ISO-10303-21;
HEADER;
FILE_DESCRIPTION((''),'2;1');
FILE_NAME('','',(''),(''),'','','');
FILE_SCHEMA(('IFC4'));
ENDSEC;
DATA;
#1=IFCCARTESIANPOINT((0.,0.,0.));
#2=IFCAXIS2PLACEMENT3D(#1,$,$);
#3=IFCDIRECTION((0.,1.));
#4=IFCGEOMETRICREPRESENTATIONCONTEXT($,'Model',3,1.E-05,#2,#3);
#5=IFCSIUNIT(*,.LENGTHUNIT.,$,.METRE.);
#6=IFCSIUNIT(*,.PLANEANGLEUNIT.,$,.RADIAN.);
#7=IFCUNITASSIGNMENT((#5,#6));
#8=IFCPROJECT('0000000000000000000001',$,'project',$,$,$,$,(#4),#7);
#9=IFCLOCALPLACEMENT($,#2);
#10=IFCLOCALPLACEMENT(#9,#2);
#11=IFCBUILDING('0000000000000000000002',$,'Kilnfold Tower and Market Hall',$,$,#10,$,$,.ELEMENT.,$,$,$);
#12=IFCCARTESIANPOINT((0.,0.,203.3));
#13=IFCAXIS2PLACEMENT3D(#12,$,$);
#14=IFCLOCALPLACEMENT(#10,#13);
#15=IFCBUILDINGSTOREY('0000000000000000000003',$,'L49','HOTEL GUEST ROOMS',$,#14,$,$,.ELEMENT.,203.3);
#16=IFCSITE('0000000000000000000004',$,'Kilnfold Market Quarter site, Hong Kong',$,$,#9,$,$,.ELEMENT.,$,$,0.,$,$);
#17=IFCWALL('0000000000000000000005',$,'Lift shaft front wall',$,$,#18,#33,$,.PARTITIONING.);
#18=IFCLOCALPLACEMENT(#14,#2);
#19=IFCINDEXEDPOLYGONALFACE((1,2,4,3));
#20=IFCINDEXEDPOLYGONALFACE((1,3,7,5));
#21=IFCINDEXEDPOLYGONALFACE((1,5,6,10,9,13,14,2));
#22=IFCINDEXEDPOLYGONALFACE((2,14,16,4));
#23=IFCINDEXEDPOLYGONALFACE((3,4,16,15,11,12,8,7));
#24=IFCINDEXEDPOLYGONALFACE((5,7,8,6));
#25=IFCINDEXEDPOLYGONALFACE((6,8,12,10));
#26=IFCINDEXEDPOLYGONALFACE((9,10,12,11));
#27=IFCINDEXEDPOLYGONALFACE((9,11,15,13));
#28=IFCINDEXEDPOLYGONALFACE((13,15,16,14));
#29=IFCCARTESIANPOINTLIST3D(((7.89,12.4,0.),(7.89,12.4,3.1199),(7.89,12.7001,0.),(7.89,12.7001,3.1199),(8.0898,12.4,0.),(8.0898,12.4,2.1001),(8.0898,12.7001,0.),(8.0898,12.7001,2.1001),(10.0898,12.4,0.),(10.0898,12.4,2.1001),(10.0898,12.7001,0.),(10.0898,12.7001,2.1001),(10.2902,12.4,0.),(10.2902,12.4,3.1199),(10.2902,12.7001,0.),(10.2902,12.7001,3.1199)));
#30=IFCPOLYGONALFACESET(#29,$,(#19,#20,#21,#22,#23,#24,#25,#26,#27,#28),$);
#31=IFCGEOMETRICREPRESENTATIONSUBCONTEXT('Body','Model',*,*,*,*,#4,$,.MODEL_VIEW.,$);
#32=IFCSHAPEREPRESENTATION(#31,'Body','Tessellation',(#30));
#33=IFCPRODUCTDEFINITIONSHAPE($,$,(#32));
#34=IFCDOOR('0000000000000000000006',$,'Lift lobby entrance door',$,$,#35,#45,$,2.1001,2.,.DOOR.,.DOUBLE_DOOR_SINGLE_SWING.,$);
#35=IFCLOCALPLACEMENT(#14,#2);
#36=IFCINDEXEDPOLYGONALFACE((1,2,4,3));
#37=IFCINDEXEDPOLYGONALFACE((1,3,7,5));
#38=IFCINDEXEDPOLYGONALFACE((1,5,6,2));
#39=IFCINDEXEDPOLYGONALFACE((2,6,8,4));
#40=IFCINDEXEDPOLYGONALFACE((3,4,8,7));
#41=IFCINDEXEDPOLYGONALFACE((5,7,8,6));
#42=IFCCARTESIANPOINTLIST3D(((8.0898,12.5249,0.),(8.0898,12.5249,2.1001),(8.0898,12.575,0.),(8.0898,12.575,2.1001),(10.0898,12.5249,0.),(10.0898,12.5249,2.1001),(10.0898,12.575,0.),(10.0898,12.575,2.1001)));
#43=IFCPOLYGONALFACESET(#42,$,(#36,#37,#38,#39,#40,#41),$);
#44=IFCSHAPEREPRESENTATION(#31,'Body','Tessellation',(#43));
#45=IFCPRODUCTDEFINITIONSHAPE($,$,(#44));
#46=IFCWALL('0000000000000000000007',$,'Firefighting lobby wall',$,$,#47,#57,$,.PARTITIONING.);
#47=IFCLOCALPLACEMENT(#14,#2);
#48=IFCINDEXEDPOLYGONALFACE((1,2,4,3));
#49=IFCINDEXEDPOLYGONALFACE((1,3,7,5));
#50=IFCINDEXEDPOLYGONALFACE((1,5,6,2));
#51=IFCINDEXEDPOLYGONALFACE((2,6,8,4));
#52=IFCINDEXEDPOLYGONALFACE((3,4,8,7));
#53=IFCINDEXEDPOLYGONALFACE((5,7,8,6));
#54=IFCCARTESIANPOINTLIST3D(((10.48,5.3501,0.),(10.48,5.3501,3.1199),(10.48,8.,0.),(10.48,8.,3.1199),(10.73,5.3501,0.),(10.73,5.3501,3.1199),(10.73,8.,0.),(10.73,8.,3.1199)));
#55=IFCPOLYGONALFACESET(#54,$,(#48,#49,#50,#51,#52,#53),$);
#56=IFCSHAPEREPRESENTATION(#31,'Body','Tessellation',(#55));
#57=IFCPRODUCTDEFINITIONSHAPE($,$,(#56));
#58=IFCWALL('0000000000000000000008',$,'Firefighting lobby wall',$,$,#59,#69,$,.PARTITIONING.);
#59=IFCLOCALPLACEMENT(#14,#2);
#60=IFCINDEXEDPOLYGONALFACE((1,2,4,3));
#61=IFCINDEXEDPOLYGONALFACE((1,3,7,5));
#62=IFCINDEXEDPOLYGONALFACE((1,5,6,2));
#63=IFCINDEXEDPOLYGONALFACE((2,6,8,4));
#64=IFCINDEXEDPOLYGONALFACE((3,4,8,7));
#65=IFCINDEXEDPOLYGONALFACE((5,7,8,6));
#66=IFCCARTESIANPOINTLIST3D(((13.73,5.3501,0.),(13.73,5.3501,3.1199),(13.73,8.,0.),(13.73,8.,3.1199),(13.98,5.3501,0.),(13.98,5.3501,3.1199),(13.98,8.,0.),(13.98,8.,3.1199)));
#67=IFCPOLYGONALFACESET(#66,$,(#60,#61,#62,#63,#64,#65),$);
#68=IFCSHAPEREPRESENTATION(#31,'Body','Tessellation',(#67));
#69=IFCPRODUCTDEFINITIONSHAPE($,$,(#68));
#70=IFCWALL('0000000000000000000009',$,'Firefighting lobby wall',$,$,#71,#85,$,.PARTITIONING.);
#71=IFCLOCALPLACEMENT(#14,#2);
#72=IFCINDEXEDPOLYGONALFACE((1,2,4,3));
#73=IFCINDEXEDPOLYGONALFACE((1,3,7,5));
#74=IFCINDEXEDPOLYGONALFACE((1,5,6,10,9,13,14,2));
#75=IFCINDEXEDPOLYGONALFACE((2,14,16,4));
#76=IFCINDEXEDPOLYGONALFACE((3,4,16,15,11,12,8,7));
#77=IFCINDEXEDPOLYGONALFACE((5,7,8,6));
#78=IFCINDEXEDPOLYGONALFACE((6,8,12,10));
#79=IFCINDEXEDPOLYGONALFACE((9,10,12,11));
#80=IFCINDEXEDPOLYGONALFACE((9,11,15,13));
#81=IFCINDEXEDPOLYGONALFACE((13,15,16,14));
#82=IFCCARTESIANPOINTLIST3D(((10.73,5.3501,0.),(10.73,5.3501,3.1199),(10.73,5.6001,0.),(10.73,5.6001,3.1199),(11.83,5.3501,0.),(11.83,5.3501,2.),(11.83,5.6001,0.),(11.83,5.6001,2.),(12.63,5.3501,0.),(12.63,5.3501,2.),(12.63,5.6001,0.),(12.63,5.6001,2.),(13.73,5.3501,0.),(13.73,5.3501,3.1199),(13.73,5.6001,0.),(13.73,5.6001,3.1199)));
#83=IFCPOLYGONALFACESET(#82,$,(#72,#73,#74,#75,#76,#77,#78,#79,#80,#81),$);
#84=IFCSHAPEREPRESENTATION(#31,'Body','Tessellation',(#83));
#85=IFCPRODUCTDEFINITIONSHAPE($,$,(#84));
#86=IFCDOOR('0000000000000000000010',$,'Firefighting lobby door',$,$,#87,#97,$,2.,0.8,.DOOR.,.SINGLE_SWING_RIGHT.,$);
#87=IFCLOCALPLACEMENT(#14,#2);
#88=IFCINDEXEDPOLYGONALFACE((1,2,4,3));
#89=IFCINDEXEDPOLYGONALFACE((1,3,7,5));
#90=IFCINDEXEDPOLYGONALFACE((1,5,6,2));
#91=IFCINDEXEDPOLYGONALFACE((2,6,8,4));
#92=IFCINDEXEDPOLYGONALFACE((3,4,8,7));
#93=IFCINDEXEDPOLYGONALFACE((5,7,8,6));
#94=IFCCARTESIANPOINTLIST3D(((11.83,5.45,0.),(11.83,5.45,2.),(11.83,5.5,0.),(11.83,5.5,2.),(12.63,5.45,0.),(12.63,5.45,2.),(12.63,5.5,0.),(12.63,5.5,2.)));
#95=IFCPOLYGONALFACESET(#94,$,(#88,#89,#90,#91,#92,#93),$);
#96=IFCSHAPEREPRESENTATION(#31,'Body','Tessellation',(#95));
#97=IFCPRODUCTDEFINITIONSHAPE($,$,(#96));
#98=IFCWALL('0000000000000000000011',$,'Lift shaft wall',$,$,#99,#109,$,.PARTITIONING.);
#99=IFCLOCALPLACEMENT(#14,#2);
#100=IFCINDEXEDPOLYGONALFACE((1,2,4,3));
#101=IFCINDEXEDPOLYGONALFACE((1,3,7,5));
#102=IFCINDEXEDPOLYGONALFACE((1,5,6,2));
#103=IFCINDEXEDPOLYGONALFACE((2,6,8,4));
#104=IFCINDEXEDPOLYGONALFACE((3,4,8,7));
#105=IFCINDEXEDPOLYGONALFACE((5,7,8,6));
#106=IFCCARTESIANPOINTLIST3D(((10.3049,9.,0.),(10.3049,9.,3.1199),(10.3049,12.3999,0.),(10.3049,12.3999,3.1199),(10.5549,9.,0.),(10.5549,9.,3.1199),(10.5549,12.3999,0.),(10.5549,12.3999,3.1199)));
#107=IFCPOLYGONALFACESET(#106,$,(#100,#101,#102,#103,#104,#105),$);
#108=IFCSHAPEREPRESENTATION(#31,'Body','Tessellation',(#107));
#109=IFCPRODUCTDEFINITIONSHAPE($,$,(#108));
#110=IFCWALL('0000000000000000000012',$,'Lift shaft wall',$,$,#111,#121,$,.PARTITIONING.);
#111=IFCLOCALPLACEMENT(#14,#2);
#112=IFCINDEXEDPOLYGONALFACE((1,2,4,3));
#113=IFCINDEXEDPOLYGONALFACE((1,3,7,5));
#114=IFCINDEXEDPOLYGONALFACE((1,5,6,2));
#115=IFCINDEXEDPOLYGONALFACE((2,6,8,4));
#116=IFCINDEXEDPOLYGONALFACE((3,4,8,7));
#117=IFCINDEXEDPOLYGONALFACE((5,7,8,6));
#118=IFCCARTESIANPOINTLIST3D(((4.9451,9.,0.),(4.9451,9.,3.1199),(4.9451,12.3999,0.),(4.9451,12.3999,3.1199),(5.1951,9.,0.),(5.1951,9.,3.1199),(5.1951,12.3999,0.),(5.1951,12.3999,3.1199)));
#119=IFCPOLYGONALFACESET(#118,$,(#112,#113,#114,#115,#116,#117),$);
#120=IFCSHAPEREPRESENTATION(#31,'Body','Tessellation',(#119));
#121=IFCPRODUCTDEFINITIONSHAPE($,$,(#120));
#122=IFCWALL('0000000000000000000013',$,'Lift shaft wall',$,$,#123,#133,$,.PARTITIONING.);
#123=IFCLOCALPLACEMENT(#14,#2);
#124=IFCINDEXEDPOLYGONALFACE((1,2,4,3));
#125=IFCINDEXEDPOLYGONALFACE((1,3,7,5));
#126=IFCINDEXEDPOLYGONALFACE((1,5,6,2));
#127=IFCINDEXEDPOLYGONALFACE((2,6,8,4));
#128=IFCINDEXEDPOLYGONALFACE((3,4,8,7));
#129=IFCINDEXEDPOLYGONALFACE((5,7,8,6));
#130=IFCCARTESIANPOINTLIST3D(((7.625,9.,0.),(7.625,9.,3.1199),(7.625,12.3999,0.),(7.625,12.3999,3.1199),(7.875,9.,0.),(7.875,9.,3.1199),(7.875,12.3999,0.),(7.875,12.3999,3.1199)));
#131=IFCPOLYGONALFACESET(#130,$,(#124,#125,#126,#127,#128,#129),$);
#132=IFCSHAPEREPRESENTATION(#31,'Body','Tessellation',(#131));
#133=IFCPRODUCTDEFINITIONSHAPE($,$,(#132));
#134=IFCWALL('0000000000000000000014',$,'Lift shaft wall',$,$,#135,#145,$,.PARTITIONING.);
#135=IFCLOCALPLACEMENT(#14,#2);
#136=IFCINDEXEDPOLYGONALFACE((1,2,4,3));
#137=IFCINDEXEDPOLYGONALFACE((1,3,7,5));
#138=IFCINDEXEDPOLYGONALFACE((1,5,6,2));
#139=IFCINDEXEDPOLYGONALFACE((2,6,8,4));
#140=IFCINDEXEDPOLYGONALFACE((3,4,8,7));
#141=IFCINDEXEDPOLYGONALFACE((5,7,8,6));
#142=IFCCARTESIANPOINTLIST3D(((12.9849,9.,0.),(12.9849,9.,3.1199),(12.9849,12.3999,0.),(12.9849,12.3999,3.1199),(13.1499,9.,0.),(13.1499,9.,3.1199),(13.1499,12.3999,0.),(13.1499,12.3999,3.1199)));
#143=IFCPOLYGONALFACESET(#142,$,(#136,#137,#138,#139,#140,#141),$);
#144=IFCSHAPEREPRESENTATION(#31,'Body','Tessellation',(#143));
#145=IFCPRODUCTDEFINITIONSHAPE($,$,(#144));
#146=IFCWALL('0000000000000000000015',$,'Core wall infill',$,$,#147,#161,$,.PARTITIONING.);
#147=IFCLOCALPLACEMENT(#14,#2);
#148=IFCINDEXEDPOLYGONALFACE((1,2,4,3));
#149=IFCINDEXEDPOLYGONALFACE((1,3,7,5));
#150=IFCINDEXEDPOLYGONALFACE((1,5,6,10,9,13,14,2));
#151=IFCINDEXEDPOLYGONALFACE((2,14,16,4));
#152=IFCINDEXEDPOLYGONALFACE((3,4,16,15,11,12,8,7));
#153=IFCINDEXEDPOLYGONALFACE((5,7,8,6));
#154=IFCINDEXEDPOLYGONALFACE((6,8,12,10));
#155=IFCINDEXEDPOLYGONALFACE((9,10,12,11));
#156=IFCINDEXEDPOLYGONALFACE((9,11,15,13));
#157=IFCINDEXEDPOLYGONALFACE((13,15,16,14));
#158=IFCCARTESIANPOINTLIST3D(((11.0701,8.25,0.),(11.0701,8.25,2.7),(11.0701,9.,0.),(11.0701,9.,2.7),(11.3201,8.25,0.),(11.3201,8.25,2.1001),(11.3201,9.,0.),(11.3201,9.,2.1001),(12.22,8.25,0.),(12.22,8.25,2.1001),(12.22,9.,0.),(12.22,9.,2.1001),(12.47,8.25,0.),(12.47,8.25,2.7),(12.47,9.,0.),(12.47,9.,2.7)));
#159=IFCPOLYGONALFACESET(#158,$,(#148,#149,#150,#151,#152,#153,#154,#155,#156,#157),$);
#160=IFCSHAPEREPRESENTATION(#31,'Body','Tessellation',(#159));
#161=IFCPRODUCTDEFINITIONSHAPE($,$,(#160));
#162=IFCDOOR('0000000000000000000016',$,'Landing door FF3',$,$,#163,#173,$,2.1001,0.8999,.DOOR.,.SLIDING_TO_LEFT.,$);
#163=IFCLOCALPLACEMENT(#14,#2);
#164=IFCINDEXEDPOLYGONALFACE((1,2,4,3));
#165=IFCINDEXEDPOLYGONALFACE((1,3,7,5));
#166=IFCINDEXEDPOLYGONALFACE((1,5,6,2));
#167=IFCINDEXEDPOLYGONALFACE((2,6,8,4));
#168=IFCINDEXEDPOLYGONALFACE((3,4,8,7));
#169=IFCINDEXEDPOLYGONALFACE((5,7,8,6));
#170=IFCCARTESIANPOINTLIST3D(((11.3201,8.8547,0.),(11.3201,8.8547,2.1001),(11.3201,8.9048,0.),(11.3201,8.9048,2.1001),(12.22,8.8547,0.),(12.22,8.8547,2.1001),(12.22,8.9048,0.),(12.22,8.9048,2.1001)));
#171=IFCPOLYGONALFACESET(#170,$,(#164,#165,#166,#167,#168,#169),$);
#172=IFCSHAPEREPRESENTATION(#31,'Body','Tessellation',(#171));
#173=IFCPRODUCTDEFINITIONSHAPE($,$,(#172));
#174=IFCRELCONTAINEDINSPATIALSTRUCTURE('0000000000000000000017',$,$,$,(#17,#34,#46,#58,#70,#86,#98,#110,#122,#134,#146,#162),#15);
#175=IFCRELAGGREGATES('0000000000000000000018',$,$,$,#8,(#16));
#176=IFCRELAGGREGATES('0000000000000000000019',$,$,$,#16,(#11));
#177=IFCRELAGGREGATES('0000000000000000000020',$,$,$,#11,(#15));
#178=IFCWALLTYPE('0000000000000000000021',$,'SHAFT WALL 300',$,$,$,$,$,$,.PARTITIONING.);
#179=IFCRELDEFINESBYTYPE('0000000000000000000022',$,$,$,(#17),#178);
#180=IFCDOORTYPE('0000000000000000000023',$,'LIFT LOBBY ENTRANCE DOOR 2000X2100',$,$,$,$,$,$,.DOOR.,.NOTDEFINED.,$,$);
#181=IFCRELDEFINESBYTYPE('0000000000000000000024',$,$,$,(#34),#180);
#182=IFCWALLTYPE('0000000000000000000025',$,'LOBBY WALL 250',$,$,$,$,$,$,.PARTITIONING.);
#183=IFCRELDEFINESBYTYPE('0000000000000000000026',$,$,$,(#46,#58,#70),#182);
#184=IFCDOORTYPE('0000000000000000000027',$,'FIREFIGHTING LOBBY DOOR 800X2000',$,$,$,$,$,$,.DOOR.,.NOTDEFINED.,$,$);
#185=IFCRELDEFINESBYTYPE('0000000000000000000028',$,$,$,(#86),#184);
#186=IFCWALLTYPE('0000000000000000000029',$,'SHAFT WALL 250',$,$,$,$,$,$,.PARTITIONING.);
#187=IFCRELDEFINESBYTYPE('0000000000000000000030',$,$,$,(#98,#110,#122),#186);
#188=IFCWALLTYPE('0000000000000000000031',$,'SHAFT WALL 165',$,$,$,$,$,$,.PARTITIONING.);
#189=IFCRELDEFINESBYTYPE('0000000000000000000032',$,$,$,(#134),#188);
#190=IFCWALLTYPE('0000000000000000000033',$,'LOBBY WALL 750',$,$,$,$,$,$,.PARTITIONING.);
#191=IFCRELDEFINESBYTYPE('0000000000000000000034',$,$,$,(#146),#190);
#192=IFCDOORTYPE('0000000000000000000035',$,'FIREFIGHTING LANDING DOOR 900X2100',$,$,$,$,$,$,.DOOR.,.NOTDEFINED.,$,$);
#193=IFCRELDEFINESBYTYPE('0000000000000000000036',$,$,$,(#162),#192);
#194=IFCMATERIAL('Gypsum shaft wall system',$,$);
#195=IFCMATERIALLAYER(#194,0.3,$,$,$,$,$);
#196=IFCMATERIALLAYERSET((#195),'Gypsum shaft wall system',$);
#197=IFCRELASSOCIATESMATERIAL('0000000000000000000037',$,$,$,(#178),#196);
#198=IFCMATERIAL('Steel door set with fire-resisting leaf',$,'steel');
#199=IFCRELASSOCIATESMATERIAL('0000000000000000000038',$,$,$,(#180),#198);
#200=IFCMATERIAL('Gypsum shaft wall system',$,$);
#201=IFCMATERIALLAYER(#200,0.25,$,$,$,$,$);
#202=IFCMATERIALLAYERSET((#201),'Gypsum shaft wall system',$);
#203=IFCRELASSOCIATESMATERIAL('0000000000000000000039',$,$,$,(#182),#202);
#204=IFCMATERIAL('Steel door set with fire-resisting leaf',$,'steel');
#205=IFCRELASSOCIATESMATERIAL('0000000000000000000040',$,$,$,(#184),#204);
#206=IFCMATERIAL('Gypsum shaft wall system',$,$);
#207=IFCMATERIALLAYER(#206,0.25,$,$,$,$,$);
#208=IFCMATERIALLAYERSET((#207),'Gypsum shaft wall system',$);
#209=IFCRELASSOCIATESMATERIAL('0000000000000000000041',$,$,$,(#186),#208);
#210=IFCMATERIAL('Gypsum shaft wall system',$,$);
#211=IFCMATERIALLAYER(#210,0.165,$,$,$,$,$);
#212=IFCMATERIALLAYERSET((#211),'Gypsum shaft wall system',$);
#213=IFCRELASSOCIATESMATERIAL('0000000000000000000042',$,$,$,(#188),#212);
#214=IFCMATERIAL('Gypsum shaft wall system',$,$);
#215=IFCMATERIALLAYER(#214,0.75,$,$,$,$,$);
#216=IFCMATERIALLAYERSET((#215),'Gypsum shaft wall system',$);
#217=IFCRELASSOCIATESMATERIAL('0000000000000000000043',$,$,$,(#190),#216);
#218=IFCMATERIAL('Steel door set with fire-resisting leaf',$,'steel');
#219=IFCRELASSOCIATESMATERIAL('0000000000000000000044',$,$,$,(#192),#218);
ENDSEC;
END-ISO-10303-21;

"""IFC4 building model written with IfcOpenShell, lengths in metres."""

from ifc_helpers import new_model, si_unit, direction, frame, frame_2d, origin, place, context, subcontext, project, spatial, rectangle, extrude, source, transform, mapped, material, layer, layer_set, type_object, element, fill, save


model = new_model("IFC4")

# Units and contexts
model_context = context("Model", 3, precision=1e-05, world=origin(), true_north=direction((0.0, 1.0)))
body_context = subcontext(model_context, "Body", "Model", "MODEL_VIEW")
ifc_project = project(units=[si_unit("LENGTHUNIT", "METRE"), si_unit("PLANEANGLEUNIT", "RADIAN")], contexts=[model_context])

# Site, building, storey
site_placement = place(None, origin())
site = spatial("IfcSite", under=ifc_project, at=site_placement, Name="Kilnfold Market Quarter site, Hong Kong", CompositionType="ELEMENT", RefElevation=0.0)
building_placement = place(site_placement, origin())
building = spatial("IfcBuilding", under=site, at=building_placement, Name="Kilnfold Tower and Market Hall", CompositionType="ELEMENT")
storey_placement = place(building_placement, frame((0.0, 0.0, 203.3)))
storey = spatial("IfcBuildingStorey", under=building, at=storey_placement, Name="L49", Description="HOTEL GUEST ROOMS", CompositionType="ELEMENT", Elevation=203.3)

# Wall, opening, door
ifc_material_1 = material(Name="Gypsum shaft wall system")
ifc_layer_1 = layer(ifc_material_1, 0.3)
ifc_layer_set_1 = layer_set([ifc_layer_1], Name="Gypsum shaft wall system")
wall_type_1 = type_object("IfcWallType", Name="SHAFT WALL 300", PredefinedType="PARTITIONING", material=ifc_layer_set_1)
shared_shape_1 = source(origin(), body_context, "Body", "SweptSolid", [
    extrude(rectangle(XDim=2.4001, YDim=0.3, at=frame_2d((1.2002, 0.0))), origin(), (0.0, 0.0, 1.0), 3.1199),
])
wall_1_placement = place(storey_placement, frame((7.8899, 12.55, 0.0), z_axis=(0.0, 0.0, 1.0), x_axis=(1.0, 0.0, 0.0)))
wall_1 = element("IfcWall", 1, at=wall_1_placement, inside=storey, type_object=wall_type_1, Name="Lift shaft front wall", PredefinedType="PARTITIONING", context=body_context, shape_type="MappedRepresentation", body=[
    mapped(shared_shape_1, transform((0.0, 0.0, 0.0))),
])
opening_1_placement = place(wall_1_placement, frame((0.2, 0.0, 0.0)))
opening_1 = element("IfcOpeningElement", 2, at=opening_1_placement, cuts=wall_1, PredefinedType="OPENING", context=body_context, shape_type="SweptSolid", body=[
    extrude(rectangle(XDim=2.0, YDim=2.1001, at=frame_2d((1.0, 1.05))), frame((0.0, 0.1602, 0.0), z_axis=(0.0, -1.0, 0.0), x_axis=(1.0, 0.0, 0.0)), (0.0, 0.0, 1.0), 0.3201),
])
ifc_material_2 = material(Name="Steel door set with fire-resisting leaf", Category="steel")
door_type_1 = type_object("IfcDoorType", Name="LIFT LOBBY ENTRANCE DOOR 2000X2100", OperationType="NOTDEFINED", PredefinedType="DOOR", material=ifc_material_2)
door_1_placement = place(opening_1_placement, origin())
door_1 = element("IfcDoor", 3, at=door_1_placement, inside=storey, type_object=door_type_1, Name="Lift lobby entrance door", OperationType="DOUBLE_DOOR_SINGLE_SWING", OverallHeight=2.1001, OverallWidth=2.0, PredefinedType="DOOR", context=body_context, shape_type="SweptSolid", body=[
    extrude(rectangle(XDim=2.0, YDim=2.1001, at=frame_2d((1.0, 1.05))), frame((0.0, 0.0249, 0.0), z_axis=(0.0, -1.0, 0.0), x_axis=(1.0, 0.0, 0.0)), (0.0, 0.0, 1.0), 0.05),
])
fill(opening_1, door_1)

# Walls
ifc_material_3 = material(Name="Gypsum shaft wall system")
ifc_layer_2 = layer(ifc_material_3, 0.25)
ifc_layer_set_2 = layer_set([ifc_layer_2], Name="Gypsum shaft wall system")
wall_type_2 = type_object("IfcWallType", Name="LOBBY WALL 250", PredefinedType="PARTITIONING", material=ifc_layer_set_2)
shared_shape_2 = source(origin(), body_context, "Body", "SweptSolid", [
    extrude(rectangle(XDim=2.6499, YDim=0.25, at=frame_2d((1.325, 0.0))), origin(), (0.0, 0.0, 1.0), 3.1199),
])
for number, where, z_axis, x_axis, name in (
    (4, (10.605, 5.3501, 0.0), (0.0, 0.0, 1.0), (0.0, 1.0, 0.0), "Firefighting lobby wall"),
    (5, (13.855, 5.3501, 0.0), (0.0, 0.0, 1.0), (0.0, 1.0, 0.0), "Firefighting lobby wall"),
):
    element("IfcWall", number, at=place(storey_placement, frame(where, z_axis=z_axis, x_axis=x_axis)), inside=storey, type_object=wall_type_2, Name=name, PredefinedType="PARTITIONING", context=body_context, shape_type="MappedRepresentation", body=[
        mapped(shared_shape_2, transform((0.0, 0.0, 0.0))),
    ])

# Wall, opening, door
shared_shape_3 = source(origin(), body_context, "Body", "SweptSolid", [
    extrude(rectangle(XDim=3.0, YDim=0.25, at=frame_2d((1.5, 0.0))), origin(), (0.0, 0.0, 1.0), 3.1199),
])
wall_2_placement = place(storey_placement, frame((10.73, 5.4751, 0.0), z_axis=(0.0, 0.0, 1.0), x_axis=(1.0, 0.0, 0.0)))
wall_2 = element("IfcWall", 6, at=wall_2_placement, inside=storey, type_object=wall_type_2, Name="Firefighting lobby wall", PredefinedType="PARTITIONING", context=body_context, shape_type="MappedRepresentation", body=[
    mapped(shared_shape_3, transform((0.0, 0.0, 0.0))),
])
opening_2_placement = place(wall_2_placement, frame((1.1001, 0.0, 0.0)))
opening_2 = element("IfcOpeningElement", 7, at=opening_2_placement, cuts=wall_2, PredefinedType="OPENING", context=body_context, shape_type="SweptSolid", body=[
    extrude(rectangle(XDim=0.8, YDim=2.0, at=frame_2d((0.3999, 1.0))), frame((0.0, 0.135, 0.0), z_axis=(0.0, -1.0, 0.0), x_axis=(1.0, 0.0, 0.0)), (0.0, 0.0, 1.0), 0.27),
])
ifc_material_4 = material(Name="Steel door set with fire-resisting leaf", Category="steel")
door_type_2 = type_object("IfcDoorType", Name="FIREFIGHTING LOBBY DOOR 800X2000", OperationType="NOTDEFINED", PredefinedType="DOOR", material=ifc_material_4)
door_2_placement = place(opening_2_placement, origin())
door_2 = element("IfcDoor", 8, at=door_2_placement, inside=storey, type_object=door_type_2, Name="Firefighting lobby door", OperationType="SINGLE_SWING_RIGHT", OverallHeight=2.0, OverallWidth=0.8, PredefinedType="DOOR", context=body_context, shape_type="SweptSolid", body=[
    extrude(rectangle(XDim=0.8, YDim=2.0, at=frame_2d((0.3999, 1.0))), frame((0.0, 0.0249, 0.0), z_axis=(0.0, -1.0, 0.0), x_axis=(1.0, 0.0, 0.0)), (0.0, 0.0, 1.0), 0.05),
])
fill(opening_2, door_2)

# Walls
ifc_material_5 = material(Name="Gypsum shaft wall system")
ifc_layer_3 = layer(ifc_material_5, 0.25)
ifc_layer_set_3 = layer_set([ifc_layer_3], Name="Gypsum shaft wall system")
wall_type_3 = type_object("IfcWallType", Name="SHAFT WALL 250", PredefinedType="PARTITIONING", material=ifc_layer_set_3)
shared_shape_4 = source(origin(), body_context, "Body", "SweptSolid", [
    extrude(rectangle(XDim=3.3999, YDim=0.25, at=frame_2d((1.7, 0.0))), origin(), (0.0, 0.0, 1.0), 3.1199),
])
for number, where, z_axis, x_axis, name in (
    (9, (10.4299, 9.0, 0.0), (0.0, 0.0, 1.0), (0.0, 1.0, 0.0), "Lift shaft wall"),
    (10, (5.0701, 9.0, 0.0), (0.0, 0.0, 1.0), (0.0, 1.0, 0.0), "Lift shaft wall"),
    (11, (7.75, 9.0, 0.0), (0.0, 0.0, 1.0), (0.0, 1.0, 0.0), "Lift shaft wall"),
):
    element("IfcWall", number, at=place(storey_placement, frame(where, z_axis=z_axis, x_axis=x_axis)), inside=storey, type_object=wall_type_3, Name=name, PredefinedType="PARTITIONING", context=body_context, shape_type="MappedRepresentation", body=[
        mapped(shared_shape_4, transform((0.0, 0.0, 0.0))),
    ])
ifc_material_6 = material(Name="Gypsum shaft wall system")
ifc_layer_4 = layer(ifc_material_6, 0.165)
ifc_layer_set_4 = layer_set([ifc_layer_4], Name="Gypsum shaft wall system")
wall_type_4 = type_object("IfcWallType", Name="SHAFT WALL 165", PredefinedType="PARTITIONING", material=ifc_layer_set_4)
shared_shape_5 = source(origin(), body_context, "Body", "SweptSolid", [
    extrude(rectangle(XDim=3.3999, YDim=0.165, at=frame_2d((1.7, 0.0))), origin(), (0.0, 0.0, 1.0), 3.1199),
])
wall_3_placement = place(storey_placement, frame((13.0674, 9.0, 0.0), z_axis=(0.0, 0.0, 1.0), x_axis=(0.0, 1.0, 0.0)))
element("IfcWall", 12, at=wall_3_placement, inside=storey, type_object=wall_type_4, Name="Lift shaft wall", PredefinedType="PARTITIONING", context=body_context, shape_type="MappedRepresentation", body=[
    mapped(shared_shape_5, transform((0.0, 0.0, 0.0))),
])

# Wall, opening, door
ifc_material_7 = material(Name="Gypsum shaft wall system")
ifc_layer_5 = layer(ifc_material_7, 0.75)
ifc_layer_set_5 = layer_set([ifc_layer_5], Name="Gypsum shaft wall system")
wall_type_5 = type_object("IfcWallType", Name="LOBBY WALL 750", PredefinedType="PARTITIONING", material=ifc_layer_set_5)
shared_shape_6 = source(origin(), body_context, "Body", "SweptSolid", [
    extrude(rectangle(XDim=1.3999, YDim=0.75, at=frame_2d((0.7, 0.0))), origin(), (0.0, 0.0, 1.0), 2.7),
])
wall_4_placement = place(storey_placement, frame((11.0701, 8.625, 0.0), z_axis=(0.0, 0.0, 1.0), x_axis=(1.0, 0.0, 0.0)))
wall_4 = element("IfcWall", 13, at=wall_4_placement, inside=storey, type_object=wall_type_5, Name="Core wall infill", PredefinedType="PARTITIONING", context=body_context, shape_type="MappedRepresentation", body=[
    mapped(shared_shape_6, transform((0.0, 0.0, 0.0))),
])
opening_3_placement = place(wall_4_placement, frame((0.25, 0.0, 0.0)))
opening_3 = element("IfcOpeningElement", 14, at=opening_3_placement, cuts=wall_4, PredefinedType="OPENING", context=body_context, shape_type="SweptSolid", body=[
    extrude(rectangle(XDim=0.8999, YDim=2.1001, at=frame_2d((0.45, 1.05))), frame((0.0, 0.385, 0.0), z_axis=(0.0, -1.0, 0.0), x_axis=(1.0, 0.0, 0.0)), (0.0, 0.0, 1.0), 0.77),
])
ifc_material_8 = material(Name="Steel door set with fire-resisting leaf", Category="steel")
door_type_3 = type_object("IfcDoorType", Name="FIREFIGHTING LANDING DOOR 900X2100", OperationType="NOTDEFINED", PredefinedType="DOOR", material=ifc_material_8)
door_3_placement = place(opening_3_placement, origin())
door_3 = element("IfcDoor", 15, at=door_3_placement, inside=storey, type_object=door_type_3, Name="Landing door FF3", OperationType="SLIDING_TO_LEFT", OverallHeight=2.1001, OverallWidth=0.8999, PredefinedType="DOOR", context=body_context, shape_type="SweptSolid", body=[
    extrude(rectangle(XDim=0.8999, YDim=2.1001, at=frame_2d((0.45, 1.05))), frame((0.0, 0.2798, 0.0), z_axis=(0.0, -1.0, 0.0), x_axis=(1.0, 0.0, 0.0)), (0.0, 0.0, 1.0), 0.05),
])
fill(opening_3, door_3)

save(model, "model.ifc")
